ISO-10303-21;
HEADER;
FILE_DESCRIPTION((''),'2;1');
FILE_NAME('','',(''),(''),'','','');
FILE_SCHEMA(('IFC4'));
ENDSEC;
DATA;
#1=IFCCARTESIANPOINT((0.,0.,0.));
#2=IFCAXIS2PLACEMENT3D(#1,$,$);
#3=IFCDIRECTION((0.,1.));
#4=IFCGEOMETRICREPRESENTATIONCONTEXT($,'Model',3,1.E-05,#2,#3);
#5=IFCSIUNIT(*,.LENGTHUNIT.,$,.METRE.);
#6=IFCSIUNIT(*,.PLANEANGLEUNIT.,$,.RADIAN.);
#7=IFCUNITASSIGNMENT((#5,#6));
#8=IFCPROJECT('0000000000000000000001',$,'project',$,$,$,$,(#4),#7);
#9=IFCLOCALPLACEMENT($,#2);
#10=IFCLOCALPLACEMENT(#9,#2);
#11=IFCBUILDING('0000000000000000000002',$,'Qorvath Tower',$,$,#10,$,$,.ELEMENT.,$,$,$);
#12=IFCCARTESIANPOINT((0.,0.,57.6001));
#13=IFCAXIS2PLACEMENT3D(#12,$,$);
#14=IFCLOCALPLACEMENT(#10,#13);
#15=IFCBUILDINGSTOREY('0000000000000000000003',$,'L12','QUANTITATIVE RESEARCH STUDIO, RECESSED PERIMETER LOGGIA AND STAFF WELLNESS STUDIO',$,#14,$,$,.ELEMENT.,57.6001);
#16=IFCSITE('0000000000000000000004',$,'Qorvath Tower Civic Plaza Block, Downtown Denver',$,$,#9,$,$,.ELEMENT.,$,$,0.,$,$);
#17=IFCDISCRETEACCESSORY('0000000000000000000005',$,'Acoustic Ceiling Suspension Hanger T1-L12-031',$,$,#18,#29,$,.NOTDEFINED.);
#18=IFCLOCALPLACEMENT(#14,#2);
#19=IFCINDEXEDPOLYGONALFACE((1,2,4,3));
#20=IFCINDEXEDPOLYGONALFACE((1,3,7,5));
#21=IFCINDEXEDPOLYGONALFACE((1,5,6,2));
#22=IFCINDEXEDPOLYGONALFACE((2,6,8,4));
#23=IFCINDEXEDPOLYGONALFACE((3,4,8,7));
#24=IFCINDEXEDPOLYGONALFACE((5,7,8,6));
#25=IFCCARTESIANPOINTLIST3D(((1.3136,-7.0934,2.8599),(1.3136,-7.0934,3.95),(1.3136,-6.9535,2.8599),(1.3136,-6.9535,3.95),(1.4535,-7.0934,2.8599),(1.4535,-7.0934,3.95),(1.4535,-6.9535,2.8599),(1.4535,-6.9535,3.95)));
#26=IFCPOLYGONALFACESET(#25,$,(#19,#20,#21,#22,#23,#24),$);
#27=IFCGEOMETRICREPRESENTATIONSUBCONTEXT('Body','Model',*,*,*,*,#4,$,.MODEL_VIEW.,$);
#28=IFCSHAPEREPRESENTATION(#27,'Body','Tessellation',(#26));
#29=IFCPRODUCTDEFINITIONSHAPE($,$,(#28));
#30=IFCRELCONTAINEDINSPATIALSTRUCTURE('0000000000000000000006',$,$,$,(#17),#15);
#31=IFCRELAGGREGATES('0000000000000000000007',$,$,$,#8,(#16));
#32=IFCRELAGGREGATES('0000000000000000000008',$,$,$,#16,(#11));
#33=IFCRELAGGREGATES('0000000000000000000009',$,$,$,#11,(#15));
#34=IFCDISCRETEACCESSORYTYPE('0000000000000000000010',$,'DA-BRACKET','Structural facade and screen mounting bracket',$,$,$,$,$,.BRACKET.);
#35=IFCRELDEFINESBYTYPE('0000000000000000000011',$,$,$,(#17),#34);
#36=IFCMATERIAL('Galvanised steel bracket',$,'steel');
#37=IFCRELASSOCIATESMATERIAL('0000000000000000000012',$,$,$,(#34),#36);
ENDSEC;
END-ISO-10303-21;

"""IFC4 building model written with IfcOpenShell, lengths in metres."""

from ifc_helpers import new_model, si_unit, direction, frame, origin, origin_2d, place, context, subcontext, project, spatial, rectangle, extrude, material, type_object, element, save


model = new_model("IFC4")

# Units and contexts
model_context = context("Model", 3, precision=1e-05, world=origin(), true_north=direction((0.0, 1.0)))
body_context = subcontext(model_context, "Body", "Model", "MODEL_VIEW")
ifc_project = project(units=[si_unit("LENGTHUNIT", "METRE"), si_unit("PLANEANGLEUNIT", "RADIAN")], contexts=[model_context])

# Site, building, storey
site_placement = place(None, origin())
site = spatial("IfcSite", under=ifc_project, at=site_placement, Name="Qorvath Tower Civic Plaza Block, Downtown Denver", CompositionType="ELEMENT", RefElevation=0.0)
building_placement = place(site_placement, origin())
building = spatial("IfcBuilding", under=site, at=building_placement, Name="Qorvath Tower", CompositionType="ELEMENT")
storey_placement = place(building_placement, frame((0.0, 0.0, 57.6001)))
storey = spatial("IfcBuildingStorey", under=building, at=storey_placement, Name="L12", Description="QUANTITATIVE RESEARCH STUDIO, RECESSED PERIMETER LOGGIA AND STAFF WELLNESS STUDIO", CompositionType="ELEMENT", Elevation=57.6001)

# Discrete accessory
ifc_material_1 = material(Name="Galvanised steel bracket", Category="steel")
discrete_accessory_type = type_object("IfcDiscreteAccessoryType", Name="DA-BRACKET", Description="Structural facade and screen mounting bracket", PredefinedType="BRACKET", material=ifc_material_1)
for number, where, z_axis, x_axis, name in (
    (1, (1.3835, -7.0234, 2.8599), (0.0, 0.0, 1.0), (1.0, 0.0, 0.0), "Acoustic Ceiling Suspension Hanger T1-L12-031"),
):
    element("IfcDiscreteAccessory", number, at=place(storey_placement, frame(where, z_axis=z_axis, x_axis=x_axis)), inside=storey, type_object=discrete_accessory_type, Name=name, PredefinedType="NOTDEFINED", context=body_context, shape_type="SweptSolid", body=[
        extrude(rectangle(XDim=0.1399, YDim=0.1399, at=origin_2d()), origin(), (0.0, 0.0, 1.0), 1.0901),
    ])

save(model, "model.ifc")
